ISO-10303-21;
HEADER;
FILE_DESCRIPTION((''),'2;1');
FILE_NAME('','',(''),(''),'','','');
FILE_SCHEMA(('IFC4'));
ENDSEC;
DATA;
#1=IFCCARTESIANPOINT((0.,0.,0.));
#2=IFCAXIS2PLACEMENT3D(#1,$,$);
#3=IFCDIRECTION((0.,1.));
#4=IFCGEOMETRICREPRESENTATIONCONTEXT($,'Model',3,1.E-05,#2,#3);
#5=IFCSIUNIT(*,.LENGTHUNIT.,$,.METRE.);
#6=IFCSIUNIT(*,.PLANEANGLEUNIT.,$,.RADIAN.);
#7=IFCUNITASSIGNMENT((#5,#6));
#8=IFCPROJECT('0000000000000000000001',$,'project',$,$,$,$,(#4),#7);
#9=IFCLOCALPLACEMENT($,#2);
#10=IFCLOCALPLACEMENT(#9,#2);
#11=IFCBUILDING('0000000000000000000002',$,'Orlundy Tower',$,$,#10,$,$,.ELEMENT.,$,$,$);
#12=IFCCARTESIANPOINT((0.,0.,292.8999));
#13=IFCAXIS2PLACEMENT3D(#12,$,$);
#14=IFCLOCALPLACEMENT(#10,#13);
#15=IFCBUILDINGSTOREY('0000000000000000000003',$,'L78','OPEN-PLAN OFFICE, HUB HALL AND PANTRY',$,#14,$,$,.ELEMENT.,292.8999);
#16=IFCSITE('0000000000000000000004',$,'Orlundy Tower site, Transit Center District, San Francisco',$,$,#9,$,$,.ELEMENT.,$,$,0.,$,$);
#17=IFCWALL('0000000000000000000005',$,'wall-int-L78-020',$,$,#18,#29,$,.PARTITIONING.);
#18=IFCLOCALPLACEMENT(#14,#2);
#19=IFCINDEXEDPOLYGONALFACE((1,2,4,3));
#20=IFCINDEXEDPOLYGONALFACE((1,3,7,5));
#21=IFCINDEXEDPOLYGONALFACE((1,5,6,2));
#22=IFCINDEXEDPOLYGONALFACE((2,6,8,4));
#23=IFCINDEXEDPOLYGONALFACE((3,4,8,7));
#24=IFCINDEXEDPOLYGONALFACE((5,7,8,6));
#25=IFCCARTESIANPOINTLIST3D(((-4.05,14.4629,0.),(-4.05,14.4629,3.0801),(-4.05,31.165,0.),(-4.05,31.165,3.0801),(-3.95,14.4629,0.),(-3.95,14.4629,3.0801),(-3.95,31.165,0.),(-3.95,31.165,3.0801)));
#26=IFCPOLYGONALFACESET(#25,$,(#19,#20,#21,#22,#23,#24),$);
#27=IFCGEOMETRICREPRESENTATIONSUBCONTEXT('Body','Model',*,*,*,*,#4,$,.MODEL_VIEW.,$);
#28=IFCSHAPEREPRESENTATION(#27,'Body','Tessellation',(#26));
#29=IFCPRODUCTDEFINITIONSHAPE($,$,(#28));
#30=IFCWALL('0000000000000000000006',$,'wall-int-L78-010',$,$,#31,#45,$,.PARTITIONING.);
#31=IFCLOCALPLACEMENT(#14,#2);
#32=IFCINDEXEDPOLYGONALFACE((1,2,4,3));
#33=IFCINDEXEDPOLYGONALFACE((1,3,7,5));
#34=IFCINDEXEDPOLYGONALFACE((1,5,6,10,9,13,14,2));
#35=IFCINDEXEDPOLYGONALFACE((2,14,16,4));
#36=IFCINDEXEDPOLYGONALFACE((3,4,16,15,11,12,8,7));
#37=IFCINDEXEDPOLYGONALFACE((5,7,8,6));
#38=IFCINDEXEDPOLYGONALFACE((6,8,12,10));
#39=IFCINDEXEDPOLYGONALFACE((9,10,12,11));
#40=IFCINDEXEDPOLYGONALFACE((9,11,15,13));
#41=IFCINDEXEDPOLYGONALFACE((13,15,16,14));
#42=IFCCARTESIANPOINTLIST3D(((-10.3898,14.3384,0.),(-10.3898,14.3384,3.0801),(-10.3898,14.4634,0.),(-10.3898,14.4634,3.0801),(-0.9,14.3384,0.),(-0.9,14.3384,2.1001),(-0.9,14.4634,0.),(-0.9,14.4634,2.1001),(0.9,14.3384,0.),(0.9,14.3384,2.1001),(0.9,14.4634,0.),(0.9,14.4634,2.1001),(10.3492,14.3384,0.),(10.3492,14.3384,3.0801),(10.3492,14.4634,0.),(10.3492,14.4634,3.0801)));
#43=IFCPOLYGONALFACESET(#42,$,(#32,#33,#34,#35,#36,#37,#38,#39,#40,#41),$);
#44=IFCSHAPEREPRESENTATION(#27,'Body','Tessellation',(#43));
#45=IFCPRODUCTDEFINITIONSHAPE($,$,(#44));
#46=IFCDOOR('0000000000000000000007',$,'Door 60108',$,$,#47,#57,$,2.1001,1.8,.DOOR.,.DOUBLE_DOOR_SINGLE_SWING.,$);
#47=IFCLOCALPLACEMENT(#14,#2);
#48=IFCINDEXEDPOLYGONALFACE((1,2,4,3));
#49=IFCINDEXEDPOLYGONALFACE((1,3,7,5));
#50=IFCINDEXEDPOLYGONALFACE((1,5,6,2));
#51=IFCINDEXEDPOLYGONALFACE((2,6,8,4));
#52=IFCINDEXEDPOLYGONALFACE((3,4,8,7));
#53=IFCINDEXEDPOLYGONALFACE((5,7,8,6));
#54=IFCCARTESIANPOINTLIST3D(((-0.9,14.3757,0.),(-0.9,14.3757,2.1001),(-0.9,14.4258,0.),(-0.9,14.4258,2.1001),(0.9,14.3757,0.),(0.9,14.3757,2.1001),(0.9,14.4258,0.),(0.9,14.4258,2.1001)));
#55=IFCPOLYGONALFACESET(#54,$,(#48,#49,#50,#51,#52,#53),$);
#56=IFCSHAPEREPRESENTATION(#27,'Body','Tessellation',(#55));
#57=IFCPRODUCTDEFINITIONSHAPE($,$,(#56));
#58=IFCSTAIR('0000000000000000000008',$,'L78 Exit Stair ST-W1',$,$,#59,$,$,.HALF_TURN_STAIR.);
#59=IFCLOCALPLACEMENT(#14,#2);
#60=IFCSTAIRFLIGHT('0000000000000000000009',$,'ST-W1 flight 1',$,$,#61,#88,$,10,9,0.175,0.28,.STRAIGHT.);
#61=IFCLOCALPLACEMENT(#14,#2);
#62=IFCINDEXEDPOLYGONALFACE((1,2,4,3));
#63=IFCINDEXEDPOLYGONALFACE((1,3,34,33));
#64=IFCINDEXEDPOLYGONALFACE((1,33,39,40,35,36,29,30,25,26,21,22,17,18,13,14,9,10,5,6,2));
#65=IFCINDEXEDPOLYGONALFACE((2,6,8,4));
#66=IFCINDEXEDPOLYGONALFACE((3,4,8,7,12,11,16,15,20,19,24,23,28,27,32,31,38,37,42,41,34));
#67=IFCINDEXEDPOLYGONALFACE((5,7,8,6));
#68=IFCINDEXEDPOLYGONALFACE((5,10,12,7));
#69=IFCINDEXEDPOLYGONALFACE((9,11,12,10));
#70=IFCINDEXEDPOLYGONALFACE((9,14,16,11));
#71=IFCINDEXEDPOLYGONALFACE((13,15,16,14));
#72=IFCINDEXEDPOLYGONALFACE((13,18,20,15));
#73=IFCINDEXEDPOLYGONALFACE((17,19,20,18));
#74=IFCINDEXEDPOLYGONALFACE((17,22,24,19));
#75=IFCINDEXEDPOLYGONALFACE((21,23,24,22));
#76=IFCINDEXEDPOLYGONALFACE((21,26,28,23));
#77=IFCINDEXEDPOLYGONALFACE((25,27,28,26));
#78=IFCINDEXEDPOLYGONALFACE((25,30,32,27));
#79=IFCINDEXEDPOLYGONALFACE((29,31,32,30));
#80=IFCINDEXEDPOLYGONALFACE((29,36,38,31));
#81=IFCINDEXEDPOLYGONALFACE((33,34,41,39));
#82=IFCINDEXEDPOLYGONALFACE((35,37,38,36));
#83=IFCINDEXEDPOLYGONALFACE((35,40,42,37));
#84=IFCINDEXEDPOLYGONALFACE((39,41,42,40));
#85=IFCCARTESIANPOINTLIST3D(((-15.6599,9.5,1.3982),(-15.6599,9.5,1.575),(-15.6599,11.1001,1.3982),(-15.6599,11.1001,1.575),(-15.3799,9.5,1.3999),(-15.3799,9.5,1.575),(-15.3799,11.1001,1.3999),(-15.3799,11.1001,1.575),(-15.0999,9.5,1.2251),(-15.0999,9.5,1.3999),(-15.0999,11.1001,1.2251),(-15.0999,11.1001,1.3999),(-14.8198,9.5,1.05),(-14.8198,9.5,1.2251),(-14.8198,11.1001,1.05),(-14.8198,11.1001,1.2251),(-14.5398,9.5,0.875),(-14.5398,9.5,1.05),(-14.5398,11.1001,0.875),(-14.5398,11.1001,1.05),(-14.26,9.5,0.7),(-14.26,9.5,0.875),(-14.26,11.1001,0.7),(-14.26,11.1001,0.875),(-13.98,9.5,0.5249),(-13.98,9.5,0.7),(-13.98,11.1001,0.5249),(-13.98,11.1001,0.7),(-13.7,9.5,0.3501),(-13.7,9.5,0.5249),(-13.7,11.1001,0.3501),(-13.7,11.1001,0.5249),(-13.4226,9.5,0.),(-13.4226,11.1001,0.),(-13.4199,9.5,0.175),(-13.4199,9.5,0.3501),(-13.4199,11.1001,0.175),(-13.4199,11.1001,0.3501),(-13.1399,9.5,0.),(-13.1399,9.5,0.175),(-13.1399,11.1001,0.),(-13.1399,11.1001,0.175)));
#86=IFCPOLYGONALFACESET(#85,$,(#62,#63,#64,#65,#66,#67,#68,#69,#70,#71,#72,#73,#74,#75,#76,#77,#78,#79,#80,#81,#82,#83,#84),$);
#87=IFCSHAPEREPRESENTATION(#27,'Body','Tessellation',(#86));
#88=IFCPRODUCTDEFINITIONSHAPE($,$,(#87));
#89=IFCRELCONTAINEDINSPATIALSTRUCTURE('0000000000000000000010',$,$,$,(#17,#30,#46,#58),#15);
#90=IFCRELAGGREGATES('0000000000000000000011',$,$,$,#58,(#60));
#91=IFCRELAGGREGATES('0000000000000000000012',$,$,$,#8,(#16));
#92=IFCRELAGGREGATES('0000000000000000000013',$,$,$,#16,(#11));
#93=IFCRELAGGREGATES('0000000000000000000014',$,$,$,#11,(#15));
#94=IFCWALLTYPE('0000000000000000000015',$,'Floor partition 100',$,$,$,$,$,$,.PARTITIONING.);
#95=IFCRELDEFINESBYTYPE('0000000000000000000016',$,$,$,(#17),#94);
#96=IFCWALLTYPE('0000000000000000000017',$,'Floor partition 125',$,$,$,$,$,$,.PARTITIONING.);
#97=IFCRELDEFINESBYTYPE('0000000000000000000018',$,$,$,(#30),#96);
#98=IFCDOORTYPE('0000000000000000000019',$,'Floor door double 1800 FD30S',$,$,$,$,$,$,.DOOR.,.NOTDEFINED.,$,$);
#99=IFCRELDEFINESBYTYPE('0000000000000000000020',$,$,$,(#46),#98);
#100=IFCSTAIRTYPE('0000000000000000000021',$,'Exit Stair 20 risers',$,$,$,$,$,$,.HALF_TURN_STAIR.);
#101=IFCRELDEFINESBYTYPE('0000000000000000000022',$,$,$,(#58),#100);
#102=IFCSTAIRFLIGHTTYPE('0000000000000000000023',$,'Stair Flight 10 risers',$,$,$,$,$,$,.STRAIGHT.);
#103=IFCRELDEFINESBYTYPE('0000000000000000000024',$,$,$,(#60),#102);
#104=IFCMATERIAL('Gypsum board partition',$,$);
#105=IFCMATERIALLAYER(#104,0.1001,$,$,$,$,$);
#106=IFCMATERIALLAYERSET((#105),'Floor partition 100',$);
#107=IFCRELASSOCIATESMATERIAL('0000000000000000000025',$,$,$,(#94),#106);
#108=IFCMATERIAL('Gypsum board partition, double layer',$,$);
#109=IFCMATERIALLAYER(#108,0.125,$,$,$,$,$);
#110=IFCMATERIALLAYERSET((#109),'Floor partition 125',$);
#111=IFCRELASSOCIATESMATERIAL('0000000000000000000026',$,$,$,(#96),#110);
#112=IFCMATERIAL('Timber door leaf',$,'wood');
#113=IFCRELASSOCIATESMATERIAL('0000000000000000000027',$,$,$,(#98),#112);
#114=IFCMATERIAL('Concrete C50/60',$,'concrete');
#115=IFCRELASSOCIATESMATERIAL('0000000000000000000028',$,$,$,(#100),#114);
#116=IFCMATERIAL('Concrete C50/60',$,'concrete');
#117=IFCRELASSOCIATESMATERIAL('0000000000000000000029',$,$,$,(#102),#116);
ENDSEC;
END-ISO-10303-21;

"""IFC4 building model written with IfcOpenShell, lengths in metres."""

from ifc_helpers import new_model, si_unit, direction, frame, frame_2d, origin, place, context, subcontext, project, spatial, polyline, rectangle, outline, extrude, material, layer, layer_set, type_object, element, fill, aggregate, save


model = new_model("IFC4")

# Units and contexts
model_context = context("Model", 3, precision=1e-05, world=origin(), true_north=direction((0.0, 1.0)))
body_context = subcontext(model_context, "Body", "Model", "MODEL_VIEW")
ifc_project = project(units=[si_unit("LENGTHUNIT", "METRE"), si_unit("PLANEANGLEUNIT", "RADIAN")], contexts=[model_context])

# Site, building, storey
site_placement = place(None, origin())
site = spatial("IfcSite", under=ifc_project, at=site_placement, Name="Orlundy Tower site, Transit Center District, San Francisco", CompositionType="ELEMENT", RefElevation=0.0)
building_placement = place(site_placement, origin())
building = spatial("IfcBuilding", under=site, at=building_placement, Name="Orlundy Tower", CompositionType="ELEMENT")
storey_placement = place(building_placement, frame((0.0, 0.0, 292.8999)))
storey = spatial("IfcBuildingStorey", under=building, at=storey_placement, Name="L78", Description="OPEN-PLAN OFFICE, HUB HALL AND PANTRY", CompositionType="ELEMENT", Elevation=292.8999)

# Wall
ifc_material_1 = material(Name="Gypsum board partition")
ifc_layer_1 = layer(ifc_material_1, 0.1001)
ifc_layer_set_1 = layer_set([ifc_layer_1], Name="Floor partition 100")
wall_type_1 = type_object("IfcWallType", Name="Floor partition 100", PredefinedType="PARTITIONING", material=ifc_layer_set_1)
wall_1_placement = place(storey_placement, frame((-4.0, 14.4629, 0.0), z_axis=(0.0, 0.0, 1.0), x_axis=(0.0, 1.0, 0.0)))
element("IfcWall", 1, at=wall_1_placement, inside=storey, type_object=wall_type_1, Name="wall-int-L78-020", PredefinedType="PARTITIONING", context=body_context, shape_type="SweptSolid", body=[
    extrude(rectangle(XDim=16.7021, YDim=0.1001, at=frame_2d((8.3511, 0.0))), origin(), (0.0, 0.0, 1.0), 3.0801),
])

# Wall, opening, door
ifc_material_2 = material(Name="Gypsum board partition, double layer")
ifc_layer_2 = layer(ifc_material_2, 0.125)
ifc_layer_set_2 = layer_set([ifc_layer_2], Name="Floor partition 125")
wall_type_2 = type_object("IfcWallType", Name="Floor partition 125", PredefinedType="PARTITIONING", material=ifc_layer_set_2)
wall_2_placement = place(storey_placement, frame((-10.3899, 14.4009, 0.0), z_axis=(0.0, 0.0, 1.0), x_axis=(1.0, 0.0, 0.0)))
wall_2 = element("IfcWall", 2, at=wall_2_placement, inside=storey, type_object=wall_type_2, Name="wall-int-L78-010", PredefinedType="PARTITIONING", context=body_context, shape_type="SweptSolid", body=[
    extrude(rectangle(XDim=20.739, YDim=0.125, at=frame_2d((10.3696, 0.0))), origin(), (0.0, 0.0, 1.0), 3.0801),
])
opening_placement = place(wall_2_placement, frame((9.49, 0.0, 0.0)))
opening = element("IfcOpeningElement", 3, at=opening_placement, cuts=wall_2, PredefinedType="OPENING", context=body_context, shape_type="SweptSolid", body=[
    extrude(rectangle(XDim=1.8, YDim=2.1001, at=frame_2d((0.8999, 1.05))), frame((0.0, 0.0725, 0.0), z_axis=(0.0, -1.0, 0.0), x_axis=(1.0, 0.0, 0.0)), (0.0, 0.0, 1.0), 0.145),
])
ifc_material_3 = material(Name="Timber door leaf", Category="wood")
door_type = type_object("IfcDoorType", Name="Floor door double 1800 FD30S", OperationType="NOTDEFINED", PredefinedType="DOOR", material=ifc_material_3)
door_placement = place(opening_placement, origin())
door = element("IfcDoor", 4, at=door_placement, inside=storey, type_object=door_type, Name="Door 60108", OperationType="DOUBLE_DOOR_SINGLE_SWING", OverallHeight=2.1001, OverallWidth=1.8, PredefinedType="DOOR", context=body_context, shape_type="SweptSolid", body=[
    extrude(rectangle(XDim=1.8, YDim=2.1001, at=frame_2d((0.8999, 1.05))), frame((0.0, 0.0249, 0.0), z_axis=(0.0, -1.0, 0.0), x_axis=(1.0, 0.0, 0.0)), (0.0, 0.0, 1.0), 0.05),
])
fill(opening, door)

# Stair, stair flight
ifc_material_4 = material(Name="Concrete C50/60", Category="concrete")
stair_type = type_object("IfcStairType", Name="Exit Stair 20 risers", PredefinedType="HALF_TURN_STAIR", material=ifc_material_4)
stair_placement = place(storey_placement, origin())
stair = element("IfcStair", 5, at=stair_placement, inside=storey, type_object=stair_type, Name="L78 Exit Stair ST-W1", PredefinedType="HALF_TURN_STAIR")
ifc_material_5 = material(Name="Concrete C50/60", Category="concrete")
stair_flight_type = type_object("IfcStairFlightType", Name="Stair Flight 10 risers", PredefinedType="STRAIGHT", material=ifc_material_5)
stair_flight_placement = place(storey_placement, frame((-13.1399, 10.3, 0.0), z_axis=(0.0, 0.0, 1.0), x_axis=(-1.0, 0.0, 0.0)))
stair_flight = element("IfcStairFlight", 6, at=stair_flight_placement, type_object=stair_flight_type, Name="ST-W1 flight 1", NumberOfRisers=10, NumberOfTreads=9, PredefinedType="STRAIGHT", RiserHeight=0.175, TreadLength=0.28, context=body_context, shape_type="SweptSolid", body=[
    extrude(outline(polyline([(0.0, 0.0), (0.0, 0.175), (0.28, 0.175), (0.28, 0.3501), (0.5601, 0.3501), (0.5601, 0.5249), (0.8401, 0.5249), (0.8401, 0.7), (1.1201, 0.7), (1.1201, 0.875), (1.3999, 0.875), (1.3999, 1.05), (1.6799, 1.05), (1.6799, 1.2251), (1.96, 1.2251), (1.96, 1.3999), (2.24, 1.3999), (2.24, 1.575), (2.52, 1.575), (2.52, 1.75), (2.52, 1.3982), (0.2827, 0.0), (0.0, 0.0)])), frame((0.0, 0.8, 0.0), z_axis=(0.0, -1.0, 0.0), x_axis=(1.0, 0.0, 0.0)), (0.0, 0.0, 1.0), 1.6001),
])
aggregate(stair, [stair_flight])

save(model, "model.ifc")
